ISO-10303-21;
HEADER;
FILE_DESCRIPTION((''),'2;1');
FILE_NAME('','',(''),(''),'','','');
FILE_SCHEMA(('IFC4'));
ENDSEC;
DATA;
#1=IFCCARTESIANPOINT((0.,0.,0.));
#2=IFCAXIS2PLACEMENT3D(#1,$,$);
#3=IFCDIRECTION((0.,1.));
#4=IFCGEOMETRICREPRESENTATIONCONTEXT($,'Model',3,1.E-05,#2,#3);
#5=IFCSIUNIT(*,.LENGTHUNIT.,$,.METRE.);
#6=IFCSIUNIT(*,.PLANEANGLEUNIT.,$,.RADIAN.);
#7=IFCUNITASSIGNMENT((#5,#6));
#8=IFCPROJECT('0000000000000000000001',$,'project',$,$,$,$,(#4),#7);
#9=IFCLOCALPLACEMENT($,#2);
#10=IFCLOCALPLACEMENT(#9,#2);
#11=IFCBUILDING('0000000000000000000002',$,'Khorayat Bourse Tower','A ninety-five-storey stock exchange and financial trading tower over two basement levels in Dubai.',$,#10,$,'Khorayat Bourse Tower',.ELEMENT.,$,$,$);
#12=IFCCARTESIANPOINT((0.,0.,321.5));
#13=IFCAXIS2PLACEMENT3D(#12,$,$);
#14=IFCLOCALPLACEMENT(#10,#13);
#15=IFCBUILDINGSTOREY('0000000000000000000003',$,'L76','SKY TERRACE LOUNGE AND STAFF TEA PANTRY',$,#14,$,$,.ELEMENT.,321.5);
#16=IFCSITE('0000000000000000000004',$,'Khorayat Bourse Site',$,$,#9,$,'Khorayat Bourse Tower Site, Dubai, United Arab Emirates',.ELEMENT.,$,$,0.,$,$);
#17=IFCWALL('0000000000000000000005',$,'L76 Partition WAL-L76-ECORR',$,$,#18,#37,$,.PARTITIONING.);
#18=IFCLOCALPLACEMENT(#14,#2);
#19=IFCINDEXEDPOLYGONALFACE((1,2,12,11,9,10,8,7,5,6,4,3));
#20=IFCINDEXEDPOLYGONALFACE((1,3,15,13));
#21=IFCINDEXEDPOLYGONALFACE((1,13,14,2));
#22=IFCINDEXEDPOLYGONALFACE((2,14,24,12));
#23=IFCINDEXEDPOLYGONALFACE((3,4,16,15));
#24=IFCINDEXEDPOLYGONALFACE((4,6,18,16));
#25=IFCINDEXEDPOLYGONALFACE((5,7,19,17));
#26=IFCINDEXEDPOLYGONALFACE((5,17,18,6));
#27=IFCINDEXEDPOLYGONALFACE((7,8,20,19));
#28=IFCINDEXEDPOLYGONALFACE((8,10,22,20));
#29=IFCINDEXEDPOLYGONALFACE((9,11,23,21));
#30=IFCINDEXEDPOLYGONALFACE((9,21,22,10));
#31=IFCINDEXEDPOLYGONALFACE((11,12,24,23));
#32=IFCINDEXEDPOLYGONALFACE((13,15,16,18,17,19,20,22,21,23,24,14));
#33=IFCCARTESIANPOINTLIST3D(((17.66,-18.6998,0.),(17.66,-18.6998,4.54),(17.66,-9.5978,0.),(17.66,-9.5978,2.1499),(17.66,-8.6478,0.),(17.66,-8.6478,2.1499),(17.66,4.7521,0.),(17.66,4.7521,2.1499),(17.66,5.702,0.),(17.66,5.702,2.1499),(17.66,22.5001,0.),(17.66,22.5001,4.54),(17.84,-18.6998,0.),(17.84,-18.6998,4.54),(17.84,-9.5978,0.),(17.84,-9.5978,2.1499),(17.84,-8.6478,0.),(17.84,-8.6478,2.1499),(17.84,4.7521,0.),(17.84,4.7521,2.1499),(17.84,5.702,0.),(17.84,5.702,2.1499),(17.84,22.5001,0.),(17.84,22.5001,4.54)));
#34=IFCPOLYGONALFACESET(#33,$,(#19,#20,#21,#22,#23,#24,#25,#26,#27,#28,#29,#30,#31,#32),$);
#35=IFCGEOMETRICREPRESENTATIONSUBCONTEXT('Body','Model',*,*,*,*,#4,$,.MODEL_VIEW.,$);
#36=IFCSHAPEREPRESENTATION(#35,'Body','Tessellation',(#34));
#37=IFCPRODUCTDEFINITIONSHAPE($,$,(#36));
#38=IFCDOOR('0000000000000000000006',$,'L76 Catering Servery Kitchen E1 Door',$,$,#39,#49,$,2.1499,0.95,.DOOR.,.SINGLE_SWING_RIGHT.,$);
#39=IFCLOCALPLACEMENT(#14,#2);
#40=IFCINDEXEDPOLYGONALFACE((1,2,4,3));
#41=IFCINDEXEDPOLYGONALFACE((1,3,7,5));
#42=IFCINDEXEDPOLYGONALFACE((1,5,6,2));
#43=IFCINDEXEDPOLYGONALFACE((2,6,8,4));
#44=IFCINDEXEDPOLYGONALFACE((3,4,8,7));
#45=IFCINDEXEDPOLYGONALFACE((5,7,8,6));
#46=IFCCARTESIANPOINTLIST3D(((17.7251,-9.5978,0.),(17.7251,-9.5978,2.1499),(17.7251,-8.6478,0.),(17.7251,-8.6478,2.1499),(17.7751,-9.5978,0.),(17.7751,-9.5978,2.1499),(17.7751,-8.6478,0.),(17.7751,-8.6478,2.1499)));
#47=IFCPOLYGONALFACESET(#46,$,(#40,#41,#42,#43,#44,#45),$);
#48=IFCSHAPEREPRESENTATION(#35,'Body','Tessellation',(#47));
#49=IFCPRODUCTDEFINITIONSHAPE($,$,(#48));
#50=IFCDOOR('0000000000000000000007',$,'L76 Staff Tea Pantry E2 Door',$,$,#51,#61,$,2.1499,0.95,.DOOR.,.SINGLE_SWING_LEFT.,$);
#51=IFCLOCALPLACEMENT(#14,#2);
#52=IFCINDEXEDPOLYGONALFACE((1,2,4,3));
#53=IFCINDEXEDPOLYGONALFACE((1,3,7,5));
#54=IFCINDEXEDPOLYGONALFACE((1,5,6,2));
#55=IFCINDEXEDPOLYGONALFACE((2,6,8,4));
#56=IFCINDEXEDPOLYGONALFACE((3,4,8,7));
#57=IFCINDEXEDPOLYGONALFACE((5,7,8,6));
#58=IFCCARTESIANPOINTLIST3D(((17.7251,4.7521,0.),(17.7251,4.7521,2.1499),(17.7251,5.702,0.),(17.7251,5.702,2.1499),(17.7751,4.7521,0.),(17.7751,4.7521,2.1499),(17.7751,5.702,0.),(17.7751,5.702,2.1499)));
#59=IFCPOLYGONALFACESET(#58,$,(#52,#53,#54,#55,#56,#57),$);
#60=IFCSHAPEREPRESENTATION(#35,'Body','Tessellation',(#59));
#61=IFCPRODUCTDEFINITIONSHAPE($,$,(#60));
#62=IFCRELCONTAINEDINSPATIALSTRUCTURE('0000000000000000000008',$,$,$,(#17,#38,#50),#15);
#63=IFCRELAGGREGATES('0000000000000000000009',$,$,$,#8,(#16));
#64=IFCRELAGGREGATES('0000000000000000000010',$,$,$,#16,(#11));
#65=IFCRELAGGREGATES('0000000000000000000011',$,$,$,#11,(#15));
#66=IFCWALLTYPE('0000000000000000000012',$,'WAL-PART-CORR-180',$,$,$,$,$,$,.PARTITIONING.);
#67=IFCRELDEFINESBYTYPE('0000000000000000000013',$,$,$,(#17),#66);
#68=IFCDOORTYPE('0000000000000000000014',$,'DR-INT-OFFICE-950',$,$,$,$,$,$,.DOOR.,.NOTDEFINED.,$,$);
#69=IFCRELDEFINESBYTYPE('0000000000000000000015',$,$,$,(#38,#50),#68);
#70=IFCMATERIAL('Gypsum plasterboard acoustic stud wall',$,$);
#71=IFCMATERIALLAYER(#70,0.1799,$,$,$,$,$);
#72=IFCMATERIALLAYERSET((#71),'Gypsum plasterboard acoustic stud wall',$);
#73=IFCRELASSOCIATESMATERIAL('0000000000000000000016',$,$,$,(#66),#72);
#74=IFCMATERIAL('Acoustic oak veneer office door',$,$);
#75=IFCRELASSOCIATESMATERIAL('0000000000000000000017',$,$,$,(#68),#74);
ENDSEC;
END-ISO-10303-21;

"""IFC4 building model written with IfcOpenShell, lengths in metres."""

from ifc_helpers import new_model, si_unit, direction, frame, frame_2d, origin, place, context, subcontext, project, spatial, rectangle, extrude, source, transform, mapped, material, layer, layer_set, type_object, element, fill, save


model = new_model("IFC4")

# Units and contexts
model_context = context("Model", 3, precision=1e-05, world=origin(), true_north=direction((0.0, 1.0)))
body_context = subcontext(model_context, "Body", "Model", "MODEL_VIEW")
ifc_project = project(units=[si_unit("LENGTHUNIT", "METRE"), si_unit("PLANEANGLEUNIT", "RADIAN")], contexts=[model_context])

# Site, building, storey
site_placement = place(None, origin())
site = spatial("IfcSite", under=ifc_project, at=site_placement, Name="Khorayat Bourse Site", LongName="Khorayat Bourse Tower Site, Dubai, United Arab Emirates", CompositionType="ELEMENT", RefElevation=0.0)
building_placement = place(site_placement, origin())
building = spatial("IfcBuilding", under=site, at=building_placement, Name="Khorayat Bourse Tower", Description="A ninety-five-storey stock exchange and financial trading tower over two basement levels in Dubai.", LongName="Khorayat Bourse Tower", CompositionType="ELEMENT")
storey_placement = place(building_placement, frame((0.0, 0.0, 321.5)))
storey = spatial("IfcBuildingStorey", under=building, at=storey_placement, Name="L76", Description="SKY TERRACE LOUNGE AND STAFF TEA PANTRY", CompositionType="ELEMENT", Elevation=321.5)

# Shared definitions
ifc_material_1 = material(Name="Gypsum plasterboard acoustic stud wall")
ifc_layer_1 = layer(ifc_material_1, 0.1799)
ifc_layer_set_1 = layer_set([ifc_layer_1], Name="Gypsum plasterboard acoustic stud wall")
wall_type_1 = type_object("IfcWallType", Name="WAL-PART-CORR-180", PredefinedType="PARTITIONING", material=ifc_layer_set_1)

# Wall, openings, doors
shared_shape_1 = source(origin(), body_context, "Body", "SweptSolid", [
    extrude(rectangle(XDim=41.2, YDim=0.1799, at=frame_2d((20.6001, 0.0))), origin(), (0.0, 0.0, 1.0), 4.54),
])
wall_1_placement = place(storey_placement, frame((17.75, -18.7, 0.0), z_axis=(0.0, 0.0, 1.0), x_axis=(0.0, 1.0, 0.0)))
wall_1 = element("IfcWall", 1, at=wall_1_placement, inside=storey, type_object=wall_type_1, Name="L76 Partition WAL-L76-ECORR", PredefinedType="PARTITIONING", context=body_context, shape_type="MappedRepresentation", body=[
    mapped(shared_shape_1, transform((0.0, 0.0, 0.0), scale=1.0)),
])
shared_shape_2 = source(origin(), body_context, "Body", "SweptSolid", [
    extrude(rectangle(XDim=0.95, YDim=2.1499, at=frame_2d((0.4751, 1.075))), frame((0.0, 0.0999, 0.0), z_axis=(0.0, -1.0, 0.0), x_axis=(1.0, 0.0, 0.0)), (0.0, 0.0, 1.0), 0.2),
])
opening_1_placement = place(wall_1_placement, frame((9.1021, 0.0, 0.0)))
opening_1 = element("IfcOpeningElement", 2, at=opening_1_placement, cuts=wall_1, PredefinedType="OPENING", context=body_context, shape_type="MappedRepresentation", body=[
    mapped(shared_shape_2, transform((0.0, 0.0, 0.0), scale=1.0)),
])
opening_2_placement = place(wall_1_placement, frame((23.4519, 0.0, 0.0)))
opening_2 = element("IfcOpeningElement", 3, at=opening_2_placement, cuts=wall_1, PredefinedType="OPENING", context=body_context, shape_type="MappedRepresentation", body=[
    mapped(shared_shape_2, transform((0.0, 0.0, 0.0), scale=1.0)),
])
ifc_material_2 = material(Name="Acoustic oak veneer office door")
door_type_1 = type_object("IfcDoorType", Name="DR-INT-OFFICE-950", OperationType="NOTDEFINED", PredefinedType="DOOR", material=ifc_material_2)
shared_shape_3 = source(origin(), body_context, "Body", "SweptSolid", [
    extrude(rectangle(XDim=0.95, YDim=2.1499, at=frame_2d((0.4751, 1.075))), frame((0.0, 0.0249, 0.0), z_axis=(0.0, -1.0, 0.0), x_axis=(1.0, 0.0, 0.0)), (0.0, 0.0, 1.0), 0.05),
])
door_1_placement = place(opening_1_placement, origin())
door_1 = element("IfcDoor", 4, at=door_1_placement, inside=storey, type_object=door_type_1, Name="L76 Catering Servery Kitchen E1 Door", OperationType="SINGLE_SWING_RIGHT", OverallHeight=2.1499, OverallWidth=0.95, PredefinedType="DOOR", context=body_context, shape_type="MappedRepresentation", body=[
    mapped(shared_shape_3, transform((0.0, 0.0, 0.0), scale=1.0)),
])
fill(opening_1, door_1)
door_2_placement = place(opening_2_placement, origin())
door_2 = element("IfcDoor", 5, at=door_2_placement, inside=storey, type_object=door_type_1, Name="L76 Staff Tea Pantry E2 Door", OperationType="SINGLE_SWING_LEFT", OverallHeight=2.1499, OverallWidth=0.95, PredefinedType="DOOR", context=body_context, shape_type="MappedRepresentation", body=[
    mapped(shared_shape_3, transform((0.0, 0.0, 0.0), scale=1.0)),
])
fill(opening_2, door_2)

save(model, "model.ifc")
